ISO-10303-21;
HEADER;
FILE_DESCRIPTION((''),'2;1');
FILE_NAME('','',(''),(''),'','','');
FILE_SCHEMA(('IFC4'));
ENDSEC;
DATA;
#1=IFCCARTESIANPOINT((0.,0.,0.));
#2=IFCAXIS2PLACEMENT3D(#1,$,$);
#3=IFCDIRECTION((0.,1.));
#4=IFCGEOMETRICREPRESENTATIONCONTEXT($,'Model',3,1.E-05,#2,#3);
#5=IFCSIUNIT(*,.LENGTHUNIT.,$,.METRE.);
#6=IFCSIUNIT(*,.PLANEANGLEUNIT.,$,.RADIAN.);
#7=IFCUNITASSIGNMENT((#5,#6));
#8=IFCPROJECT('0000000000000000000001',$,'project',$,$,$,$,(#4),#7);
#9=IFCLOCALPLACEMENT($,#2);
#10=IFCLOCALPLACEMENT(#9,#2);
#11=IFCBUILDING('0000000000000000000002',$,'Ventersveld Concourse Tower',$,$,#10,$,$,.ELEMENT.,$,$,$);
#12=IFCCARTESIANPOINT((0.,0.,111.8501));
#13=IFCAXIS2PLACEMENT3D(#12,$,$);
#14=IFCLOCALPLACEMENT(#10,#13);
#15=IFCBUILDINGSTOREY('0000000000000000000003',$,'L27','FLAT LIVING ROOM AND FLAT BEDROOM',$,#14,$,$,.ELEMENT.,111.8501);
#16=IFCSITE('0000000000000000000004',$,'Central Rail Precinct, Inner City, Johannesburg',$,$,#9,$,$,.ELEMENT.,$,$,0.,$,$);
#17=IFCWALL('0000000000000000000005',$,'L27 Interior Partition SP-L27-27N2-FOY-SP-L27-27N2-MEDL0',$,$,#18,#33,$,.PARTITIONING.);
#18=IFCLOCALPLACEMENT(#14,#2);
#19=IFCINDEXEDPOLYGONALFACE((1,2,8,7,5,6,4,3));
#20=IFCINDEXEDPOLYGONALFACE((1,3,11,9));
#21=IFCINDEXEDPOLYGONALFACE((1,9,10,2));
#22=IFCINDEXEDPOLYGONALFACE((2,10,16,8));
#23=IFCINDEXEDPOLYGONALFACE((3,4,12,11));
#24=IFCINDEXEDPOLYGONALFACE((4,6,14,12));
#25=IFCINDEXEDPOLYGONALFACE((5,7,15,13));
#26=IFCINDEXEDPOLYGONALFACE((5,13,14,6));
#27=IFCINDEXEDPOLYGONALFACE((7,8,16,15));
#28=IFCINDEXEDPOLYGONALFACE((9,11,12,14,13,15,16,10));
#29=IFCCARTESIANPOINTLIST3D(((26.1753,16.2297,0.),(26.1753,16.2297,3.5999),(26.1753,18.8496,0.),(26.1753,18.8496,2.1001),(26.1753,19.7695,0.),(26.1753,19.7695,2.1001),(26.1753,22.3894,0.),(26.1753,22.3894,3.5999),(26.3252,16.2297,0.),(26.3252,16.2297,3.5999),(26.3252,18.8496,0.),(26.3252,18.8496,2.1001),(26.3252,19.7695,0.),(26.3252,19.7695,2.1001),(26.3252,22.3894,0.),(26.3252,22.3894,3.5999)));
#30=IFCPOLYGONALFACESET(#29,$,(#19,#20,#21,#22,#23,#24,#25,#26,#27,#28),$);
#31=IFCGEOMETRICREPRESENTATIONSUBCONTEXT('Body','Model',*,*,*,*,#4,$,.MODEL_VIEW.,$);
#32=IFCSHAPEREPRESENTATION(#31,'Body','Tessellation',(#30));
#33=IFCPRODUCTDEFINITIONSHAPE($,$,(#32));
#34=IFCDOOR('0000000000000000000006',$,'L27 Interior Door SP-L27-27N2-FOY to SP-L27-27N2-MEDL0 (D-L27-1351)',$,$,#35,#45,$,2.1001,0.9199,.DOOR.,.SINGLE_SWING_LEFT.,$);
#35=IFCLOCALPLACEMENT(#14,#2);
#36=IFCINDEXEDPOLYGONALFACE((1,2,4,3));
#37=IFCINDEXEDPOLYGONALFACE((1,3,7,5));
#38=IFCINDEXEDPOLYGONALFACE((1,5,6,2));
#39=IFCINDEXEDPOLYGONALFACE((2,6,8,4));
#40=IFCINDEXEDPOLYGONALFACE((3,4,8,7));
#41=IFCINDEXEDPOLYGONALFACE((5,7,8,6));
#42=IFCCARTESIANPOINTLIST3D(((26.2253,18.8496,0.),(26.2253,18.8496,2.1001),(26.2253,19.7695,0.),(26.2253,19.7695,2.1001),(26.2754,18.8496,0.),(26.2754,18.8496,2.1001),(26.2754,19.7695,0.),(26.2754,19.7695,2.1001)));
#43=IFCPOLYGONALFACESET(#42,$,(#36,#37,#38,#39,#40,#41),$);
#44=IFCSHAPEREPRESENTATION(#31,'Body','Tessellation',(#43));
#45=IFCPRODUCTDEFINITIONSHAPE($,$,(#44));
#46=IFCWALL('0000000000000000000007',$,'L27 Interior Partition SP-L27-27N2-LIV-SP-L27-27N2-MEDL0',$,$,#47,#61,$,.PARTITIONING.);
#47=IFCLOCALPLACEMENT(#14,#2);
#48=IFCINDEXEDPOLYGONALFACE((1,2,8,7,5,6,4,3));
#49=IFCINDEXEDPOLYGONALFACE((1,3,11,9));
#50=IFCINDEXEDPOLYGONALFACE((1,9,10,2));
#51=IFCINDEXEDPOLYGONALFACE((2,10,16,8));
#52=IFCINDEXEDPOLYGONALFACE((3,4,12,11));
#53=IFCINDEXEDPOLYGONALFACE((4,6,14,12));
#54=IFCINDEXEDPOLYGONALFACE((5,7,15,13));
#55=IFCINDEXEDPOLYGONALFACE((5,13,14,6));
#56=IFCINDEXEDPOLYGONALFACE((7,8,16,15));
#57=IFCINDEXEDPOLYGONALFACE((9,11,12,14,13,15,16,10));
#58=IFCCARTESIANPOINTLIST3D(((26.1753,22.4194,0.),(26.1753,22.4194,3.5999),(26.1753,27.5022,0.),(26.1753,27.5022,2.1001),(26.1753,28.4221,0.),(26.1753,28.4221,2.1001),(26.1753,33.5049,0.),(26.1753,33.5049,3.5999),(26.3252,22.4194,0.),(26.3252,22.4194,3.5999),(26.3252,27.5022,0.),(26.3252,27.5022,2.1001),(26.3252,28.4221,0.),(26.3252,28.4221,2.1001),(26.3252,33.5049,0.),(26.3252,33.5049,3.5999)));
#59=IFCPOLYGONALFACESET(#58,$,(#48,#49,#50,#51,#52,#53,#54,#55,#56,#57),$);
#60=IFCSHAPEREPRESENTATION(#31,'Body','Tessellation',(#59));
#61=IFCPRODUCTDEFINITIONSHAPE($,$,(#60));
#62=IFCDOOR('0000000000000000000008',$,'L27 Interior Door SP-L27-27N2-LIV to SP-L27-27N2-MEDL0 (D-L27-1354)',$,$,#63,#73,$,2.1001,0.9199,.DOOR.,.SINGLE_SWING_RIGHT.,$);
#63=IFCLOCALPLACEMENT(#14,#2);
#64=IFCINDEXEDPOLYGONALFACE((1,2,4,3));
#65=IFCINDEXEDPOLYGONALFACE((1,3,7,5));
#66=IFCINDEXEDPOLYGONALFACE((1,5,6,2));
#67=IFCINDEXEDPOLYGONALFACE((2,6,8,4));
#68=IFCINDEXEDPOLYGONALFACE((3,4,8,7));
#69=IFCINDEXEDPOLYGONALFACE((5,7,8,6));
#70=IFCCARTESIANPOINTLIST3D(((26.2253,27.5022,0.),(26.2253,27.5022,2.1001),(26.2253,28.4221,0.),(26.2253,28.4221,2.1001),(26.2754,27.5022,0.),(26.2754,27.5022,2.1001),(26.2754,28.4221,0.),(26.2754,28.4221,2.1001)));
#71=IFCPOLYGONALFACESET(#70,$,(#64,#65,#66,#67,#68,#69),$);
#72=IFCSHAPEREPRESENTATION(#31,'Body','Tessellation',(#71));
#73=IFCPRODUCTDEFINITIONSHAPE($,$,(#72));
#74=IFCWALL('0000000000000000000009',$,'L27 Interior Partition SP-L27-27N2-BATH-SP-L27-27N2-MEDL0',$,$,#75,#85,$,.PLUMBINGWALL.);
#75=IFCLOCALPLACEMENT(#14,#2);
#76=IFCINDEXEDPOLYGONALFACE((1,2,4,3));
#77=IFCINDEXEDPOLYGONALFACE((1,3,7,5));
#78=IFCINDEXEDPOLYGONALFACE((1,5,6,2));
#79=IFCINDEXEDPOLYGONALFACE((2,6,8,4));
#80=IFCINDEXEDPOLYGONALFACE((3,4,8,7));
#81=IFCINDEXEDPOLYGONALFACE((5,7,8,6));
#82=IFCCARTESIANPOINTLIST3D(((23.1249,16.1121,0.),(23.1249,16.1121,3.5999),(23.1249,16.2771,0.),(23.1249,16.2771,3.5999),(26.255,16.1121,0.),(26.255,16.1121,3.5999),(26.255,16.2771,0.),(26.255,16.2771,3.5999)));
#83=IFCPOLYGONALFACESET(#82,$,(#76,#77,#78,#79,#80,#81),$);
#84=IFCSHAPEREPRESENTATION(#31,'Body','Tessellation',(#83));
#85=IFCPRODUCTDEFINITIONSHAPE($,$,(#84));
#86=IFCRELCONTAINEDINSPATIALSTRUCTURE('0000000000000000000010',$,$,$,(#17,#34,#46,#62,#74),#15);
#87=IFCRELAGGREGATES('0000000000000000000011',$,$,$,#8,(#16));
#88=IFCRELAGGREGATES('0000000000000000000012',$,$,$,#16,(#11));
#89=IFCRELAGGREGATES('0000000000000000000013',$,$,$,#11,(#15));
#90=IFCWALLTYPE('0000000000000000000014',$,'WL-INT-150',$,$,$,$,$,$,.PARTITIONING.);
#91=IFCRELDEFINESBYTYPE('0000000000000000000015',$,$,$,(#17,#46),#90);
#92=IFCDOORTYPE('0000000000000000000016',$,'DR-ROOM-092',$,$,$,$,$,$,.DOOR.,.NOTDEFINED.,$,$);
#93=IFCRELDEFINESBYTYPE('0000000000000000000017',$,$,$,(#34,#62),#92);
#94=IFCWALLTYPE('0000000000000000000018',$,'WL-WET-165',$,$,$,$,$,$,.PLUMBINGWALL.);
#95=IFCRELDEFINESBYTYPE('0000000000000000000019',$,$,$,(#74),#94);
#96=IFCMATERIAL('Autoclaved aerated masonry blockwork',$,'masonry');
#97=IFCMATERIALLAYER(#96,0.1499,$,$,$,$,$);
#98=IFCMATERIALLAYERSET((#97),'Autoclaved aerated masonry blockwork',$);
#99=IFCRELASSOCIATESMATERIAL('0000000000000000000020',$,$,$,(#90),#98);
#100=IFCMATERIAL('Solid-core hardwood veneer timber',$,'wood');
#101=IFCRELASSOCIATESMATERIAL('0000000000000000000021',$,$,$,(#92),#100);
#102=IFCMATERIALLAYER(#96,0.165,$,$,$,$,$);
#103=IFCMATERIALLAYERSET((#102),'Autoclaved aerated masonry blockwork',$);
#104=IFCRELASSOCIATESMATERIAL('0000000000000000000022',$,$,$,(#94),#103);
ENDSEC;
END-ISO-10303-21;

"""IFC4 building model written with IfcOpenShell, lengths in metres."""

from ifc_helpers import new_model, si_unit, direction, frame, frame_2d, origin, place, context, subcontext, project, spatial, rectangle, extrude, material, layer, layer_set, type_object, element, fill, save


model = new_model("IFC4")

# Units and contexts
model_context = context("Model", 3, precision=1e-05, world=origin(), true_north=direction((0.0, 1.0)))
body_context = subcontext(model_context, "Body", "Model", "MODEL_VIEW")
ifc_project = project(units=[si_unit("LENGTHUNIT", "METRE"), si_unit("PLANEANGLEUNIT", "RADIAN")], contexts=[model_context])

# Site, building, storey
site_placement = place(None, origin())
site = spatial("IfcSite", under=ifc_project, at=site_placement, Name="Central Rail Precinct, Inner City, Johannesburg", CompositionType="ELEMENT", RefElevation=0.0)
building_placement = place(site_placement, origin())
building = spatial("IfcBuilding", under=site, at=building_placement, Name="Ventersveld Concourse Tower", CompositionType="ELEMENT")
storey_placement = place(building_placement, frame((0.0, 0.0, 111.8501)))
storey = spatial("IfcBuildingStorey", under=building, at=storey_placement, Name="L27", Description="FLAT LIVING ROOM AND FLAT BEDROOM", CompositionType="ELEMENT", Elevation=111.8501)

# Shared definitions
ifc_material_1 = material(Name="Solid-core hardwood veneer timber", Category="wood")

# Shared definitions
ifc_material_2 = material(Name="Autoclaved aerated masonry blockwork", Category="masonry")
ifc_layer_1 = layer(ifc_material_2, 0.1499)
ifc_layer_set_1 = layer_set([ifc_layer_1], Name="Autoclaved aerated masonry blockwork")
wall_type_1 = type_object("IfcWallType", Name="WL-INT-150", PredefinedType="PARTITIONING", material=ifc_layer_set_1)
door_type_1 = type_object("IfcDoorType", Name="DR-ROOM-092", OperationType="NOTDEFINED", PredefinedType="DOOR", material=ifc_material_1)

# Walls, openings, doors
wall_1_placement = place(storey_placement, frame((26.2502, 16.2297, 0.0), z_axis=(0.0, 0.0, 1.0), x_axis=(0.0, 1.0, 0.0)))
wall_1 = element("IfcWall", 1, at=wall_1_placement, inside=storey, type_object=wall_type_1, Name="L27 Interior Partition SP-L27-27N2-FOY-SP-L27-27N2-MEDL0", PredefinedType="PARTITIONING", context=body_context, shape_type="SweptSolid", body=[
    extrude(rectangle(XDim=6.1597, YDim=0.1499, at=frame_2d((3.0798, 0.0))), origin(), (0.0, 0.0, 1.0), 3.5999),
])
opening_1_placement = place(wall_1_placement, frame((2.6199, 0.0, 0.0)))
opening_1 = element("IfcOpeningElement", 2, at=opening_1_placement, cuts=wall_1, PredefinedType="OPENING", context=body_context, shape_type="SweptSolid", body=[
    extrude(rectangle(XDim=0.9199, YDim=2.1001, at=frame_2d((0.46, 1.05))), frame((0.0, 0.085, 0.0), z_axis=(0.0, -1.0, 0.0), x_axis=(1.0, 0.0, 0.0)), (0.0, 0.0, 1.0), 0.1699),
])
door_1_placement = place(opening_1_placement, origin())
door_1 = element("IfcDoor", 3, at=door_1_placement, inside=storey, type_object=door_type_1, Name="L27 Interior Door SP-L27-27N2-FOY to SP-L27-27N2-MEDL0 (D-L27-1351)", OperationType="SINGLE_SWING_LEFT", OverallHeight=2.1001, OverallWidth=0.9199, PredefinedType="DOOR", context=body_context, shape_type="SweptSolid", body=[
    extrude(rectangle(XDim=0.9199, YDim=2.1001, at=frame_2d((0.46, 1.05))), frame((0.0, 0.0249, 0.0), z_axis=(0.0, -1.0, 0.0), x_axis=(1.0, 0.0, 0.0)), (0.0, 0.0, 1.0), 0.05),
])
fill(opening_1, door_1)
wall_2_placement = place(storey_placement, frame((26.2502, 22.4194, 0.0), z_axis=(0.0, 0.0, 1.0), x_axis=(0.0, 1.0, 0.0)))
wall_2 = element("IfcWall", 4, at=wall_2_placement, inside=storey, type_object=wall_type_1, Name="L27 Interior Partition SP-L27-27N2-LIV-SP-L27-27N2-MEDL0", PredefinedType="PARTITIONING", context=body_context, shape_type="SweptSolid", body=[
    extrude(rectangle(XDim=11.0854, YDim=0.1499, at=frame_2d((5.5427, 0.0))), origin(), (0.0, 0.0, 1.0), 3.5999),
])
opening_2_placement = place(wall_2_placement, frame((5.0828, 0.0, 0.0)))
opening_2 = element("IfcOpeningElement", 5, at=opening_2_placement, cuts=wall_2, PredefinedType="OPENING", context=body_context, shape_type="SweptSolid", body=[
    extrude(rectangle(XDim=0.9199, YDim=2.1001, at=frame_2d((0.46, 1.05))), frame((0.0, 0.085, 0.0), z_axis=(0.0, -1.0, 0.0), x_axis=(1.0, 0.0, 0.0)), (0.0, 0.0, 1.0), 0.1699),
])
door_2_placement = place(opening_2_placement, origin())
door_2 = element("IfcDoor", 6, at=door_2_placement, inside=storey, type_object=door_type_1, Name="L27 Interior Door SP-L27-27N2-LIV to SP-L27-27N2-MEDL0 (D-L27-1354)", OperationType="SINGLE_SWING_RIGHT", OverallHeight=2.1001, OverallWidth=0.9199, PredefinedType="DOOR", context=body_context, shape_type="SweptSolid", body=[
    extrude(rectangle(XDim=0.9199, YDim=2.1001, at=frame_2d((0.46, 1.05))), frame((0.0, 0.0249, 0.0), z_axis=(0.0, -1.0, 0.0), x_axis=(1.0, 0.0, 0.0)), (0.0, 0.0, 1.0), 0.05),
])
fill(opening_2, door_2)

# Wall
ifc_layer_2 = layer(ifc_material_2, 0.165)
ifc_layer_set_2 = layer_set([ifc_layer_2], Name="Autoclaved aerated masonry blockwork")
wall_type_2 = type_object("IfcWallType", Name="WL-WET-165", PredefinedType="PLUMBINGWALL", material=ifc_layer_set_2)
wall_3_placement = place(storey_placement, frame((23.125, 16.1946, 0.0), z_axis=(0.0, 0.0, 1.0), x_axis=(1.0, 0.0, 0.0)))
element("IfcWall", 7, at=wall_3_placement, inside=storey, type_object=wall_type_2, Name="L27 Interior Partition SP-L27-27N2-BATH-SP-L27-27N2-MEDL0", PredefinedType="PLUMBINGWALL", context=body_context, shape_type="SweptSolid", body=[
    extrude(rectangle(XDim=3.1301, YDim=0.165, at=frame_2d((1.5649, 0.0))), origin(), (0.0, 0.0, 1.0), 3.5999),
])

save(model, "model.ifc")
